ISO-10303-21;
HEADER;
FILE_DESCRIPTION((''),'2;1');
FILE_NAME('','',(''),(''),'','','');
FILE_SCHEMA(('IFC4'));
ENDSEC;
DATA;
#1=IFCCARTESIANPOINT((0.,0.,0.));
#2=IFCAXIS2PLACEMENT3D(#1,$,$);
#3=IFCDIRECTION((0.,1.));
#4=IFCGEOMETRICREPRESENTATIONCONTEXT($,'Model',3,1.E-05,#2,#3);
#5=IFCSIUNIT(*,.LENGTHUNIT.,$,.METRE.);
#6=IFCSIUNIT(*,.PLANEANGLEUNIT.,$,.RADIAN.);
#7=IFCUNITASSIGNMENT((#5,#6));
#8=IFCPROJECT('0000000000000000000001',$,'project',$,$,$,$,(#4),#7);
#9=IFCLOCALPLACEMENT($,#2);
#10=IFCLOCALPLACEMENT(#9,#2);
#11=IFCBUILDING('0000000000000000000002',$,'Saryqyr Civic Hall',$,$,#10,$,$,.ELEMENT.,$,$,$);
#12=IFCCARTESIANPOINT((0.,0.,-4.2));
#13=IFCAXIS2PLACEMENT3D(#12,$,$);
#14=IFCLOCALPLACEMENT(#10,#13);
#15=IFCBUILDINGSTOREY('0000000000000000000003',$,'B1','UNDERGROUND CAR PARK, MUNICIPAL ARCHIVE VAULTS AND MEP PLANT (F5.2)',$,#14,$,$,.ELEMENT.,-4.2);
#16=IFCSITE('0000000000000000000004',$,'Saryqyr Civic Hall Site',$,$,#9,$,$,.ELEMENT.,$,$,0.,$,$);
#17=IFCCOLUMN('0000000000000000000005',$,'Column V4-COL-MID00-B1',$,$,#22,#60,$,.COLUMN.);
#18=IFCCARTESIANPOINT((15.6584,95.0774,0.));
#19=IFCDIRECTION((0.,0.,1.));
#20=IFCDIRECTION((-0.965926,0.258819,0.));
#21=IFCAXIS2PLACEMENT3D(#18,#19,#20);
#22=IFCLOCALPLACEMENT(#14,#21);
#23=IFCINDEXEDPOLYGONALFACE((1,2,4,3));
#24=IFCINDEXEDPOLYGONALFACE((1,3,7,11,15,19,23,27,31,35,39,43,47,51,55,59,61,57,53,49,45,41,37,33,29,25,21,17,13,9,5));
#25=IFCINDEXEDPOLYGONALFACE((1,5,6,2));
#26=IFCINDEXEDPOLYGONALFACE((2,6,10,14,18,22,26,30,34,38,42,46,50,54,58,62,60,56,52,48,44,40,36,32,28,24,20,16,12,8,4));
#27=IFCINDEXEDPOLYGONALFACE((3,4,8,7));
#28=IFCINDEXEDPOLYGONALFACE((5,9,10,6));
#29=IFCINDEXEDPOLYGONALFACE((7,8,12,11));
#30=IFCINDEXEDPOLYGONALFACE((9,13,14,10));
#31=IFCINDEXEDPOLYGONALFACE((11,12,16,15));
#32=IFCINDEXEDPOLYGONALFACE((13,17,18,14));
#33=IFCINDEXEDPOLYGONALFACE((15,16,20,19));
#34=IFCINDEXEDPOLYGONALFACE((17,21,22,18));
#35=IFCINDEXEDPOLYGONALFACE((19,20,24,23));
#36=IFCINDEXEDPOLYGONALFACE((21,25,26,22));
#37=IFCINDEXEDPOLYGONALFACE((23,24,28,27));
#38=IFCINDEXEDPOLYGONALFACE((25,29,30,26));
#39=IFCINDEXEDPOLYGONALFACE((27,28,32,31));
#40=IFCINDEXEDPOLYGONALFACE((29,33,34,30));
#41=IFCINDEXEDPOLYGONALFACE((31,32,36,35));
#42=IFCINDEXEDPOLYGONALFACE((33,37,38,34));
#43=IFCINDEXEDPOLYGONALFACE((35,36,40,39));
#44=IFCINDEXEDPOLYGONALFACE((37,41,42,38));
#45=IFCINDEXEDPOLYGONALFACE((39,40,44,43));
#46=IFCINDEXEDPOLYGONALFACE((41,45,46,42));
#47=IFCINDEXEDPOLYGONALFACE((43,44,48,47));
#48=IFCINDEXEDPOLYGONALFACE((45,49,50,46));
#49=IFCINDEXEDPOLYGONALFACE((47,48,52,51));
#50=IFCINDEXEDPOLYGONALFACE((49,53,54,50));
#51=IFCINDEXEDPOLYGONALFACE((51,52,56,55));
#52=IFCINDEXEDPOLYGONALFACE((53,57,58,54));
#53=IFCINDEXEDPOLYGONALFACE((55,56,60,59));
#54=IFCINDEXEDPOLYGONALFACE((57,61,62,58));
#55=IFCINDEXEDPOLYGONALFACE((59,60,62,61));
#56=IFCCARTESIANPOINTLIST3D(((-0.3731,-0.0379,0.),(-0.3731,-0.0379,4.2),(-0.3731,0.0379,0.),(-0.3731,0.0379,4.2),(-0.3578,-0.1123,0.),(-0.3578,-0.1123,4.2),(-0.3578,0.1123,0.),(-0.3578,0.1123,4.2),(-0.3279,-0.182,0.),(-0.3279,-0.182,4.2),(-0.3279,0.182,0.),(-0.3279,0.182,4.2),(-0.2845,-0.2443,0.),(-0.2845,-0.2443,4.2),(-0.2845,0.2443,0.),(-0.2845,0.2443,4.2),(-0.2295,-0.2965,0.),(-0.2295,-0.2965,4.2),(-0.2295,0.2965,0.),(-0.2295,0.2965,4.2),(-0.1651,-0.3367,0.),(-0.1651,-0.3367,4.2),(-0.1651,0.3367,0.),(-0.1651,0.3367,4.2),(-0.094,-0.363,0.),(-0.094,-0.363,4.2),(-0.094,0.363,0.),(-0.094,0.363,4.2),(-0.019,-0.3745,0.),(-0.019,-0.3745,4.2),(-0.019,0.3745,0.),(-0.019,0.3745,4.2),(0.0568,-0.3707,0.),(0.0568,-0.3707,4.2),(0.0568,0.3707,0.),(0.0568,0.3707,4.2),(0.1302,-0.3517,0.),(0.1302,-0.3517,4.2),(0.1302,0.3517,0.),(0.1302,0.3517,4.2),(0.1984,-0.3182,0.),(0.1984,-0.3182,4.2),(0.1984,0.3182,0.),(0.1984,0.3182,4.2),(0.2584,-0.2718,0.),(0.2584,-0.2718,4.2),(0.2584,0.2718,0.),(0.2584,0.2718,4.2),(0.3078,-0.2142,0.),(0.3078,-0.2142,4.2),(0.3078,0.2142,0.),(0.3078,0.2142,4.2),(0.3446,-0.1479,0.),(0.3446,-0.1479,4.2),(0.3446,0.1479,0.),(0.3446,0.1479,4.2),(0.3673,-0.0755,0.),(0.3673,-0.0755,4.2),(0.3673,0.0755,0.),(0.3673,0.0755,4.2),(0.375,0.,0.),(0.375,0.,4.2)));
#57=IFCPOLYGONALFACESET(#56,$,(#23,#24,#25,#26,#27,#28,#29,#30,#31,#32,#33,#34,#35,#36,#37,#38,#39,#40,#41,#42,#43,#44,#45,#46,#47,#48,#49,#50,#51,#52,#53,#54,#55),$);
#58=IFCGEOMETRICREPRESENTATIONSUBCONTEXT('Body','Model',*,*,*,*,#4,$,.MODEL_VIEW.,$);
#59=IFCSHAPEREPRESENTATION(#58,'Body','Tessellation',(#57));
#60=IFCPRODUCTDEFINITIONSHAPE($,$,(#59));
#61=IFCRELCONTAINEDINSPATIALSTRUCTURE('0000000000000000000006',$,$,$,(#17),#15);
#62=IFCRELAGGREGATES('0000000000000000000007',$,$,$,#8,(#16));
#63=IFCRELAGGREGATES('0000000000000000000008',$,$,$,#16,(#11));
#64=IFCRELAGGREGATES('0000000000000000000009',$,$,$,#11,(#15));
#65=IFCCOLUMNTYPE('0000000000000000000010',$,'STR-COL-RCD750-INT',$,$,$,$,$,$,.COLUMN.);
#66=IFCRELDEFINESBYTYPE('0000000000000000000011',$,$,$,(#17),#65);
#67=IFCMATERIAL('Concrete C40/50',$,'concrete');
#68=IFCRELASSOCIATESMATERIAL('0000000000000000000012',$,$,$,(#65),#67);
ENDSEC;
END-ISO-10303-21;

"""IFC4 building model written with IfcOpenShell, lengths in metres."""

from ifc_helpers import new_model, si_unit, direction, frame, origin, origin_2d, place, context, subcontext, project, spatial, circle, extrude, material, material_profile, profile_set, type_object, element, save


model = new_model("IFC4")

# Units and contexts
model_context = context("Model", 3, precision=1e-05, world=origin(), true_north=direction((0.0, 1.0)))
body_context = subcontext(model_context, "Body", "Model", "MODEL_VIEW")
ifc_project = project(units=[si_unit("LENGTHUNIT", "METRE"), si_unit("PLANEANGLEUNIT", "RADIAN")], contexts=[model_context])

# Site, building, storey
site_placement = place(None, origin())
site = spatial("IfcSite", under=ifc_project, at=site_placement, Name="Saryqyr Civic Hall Site", CompositionType="ELEMENT", RefElevation=0.0)
building_placement = place(site_placement, origin())
building = spatial("IfcBuilding", under=site, at=building_placement, Name="Saryqyr Civic Hall", CompositionType="ELEMENT")
storey_placement = place(building_placement, frame((0.0, 0.0, -4.2)))
storey = spatial("IfcBuildingStorey", under=building, at=storey_placement, Name="B1", Description="UNDERGROUND CAR PARK, MUNICIPAL ARCHIVE VAULTS AND MEP PLANT (F5.2)", CompositionType="ELEMENT", Elevation=-4.2)

# Column
ifc_material_1 = material(Name="Concrete C40/50", Category="concrete")
ifc_material_profile_1 = material_profile(ifc_material_1, circle(Radius=0.375, at=origin_2d()), Name="RC D750")
ifc_profile_set_1 = profile_set([ifc_material_profile_1], Name="Concrete C40/50")
column_type_1 = type_object("IfcColumnType", Name="STR-COL-RCD750-INT", PredefinedType="COLUMN", material=ifc_profile_set_1)
column_1_placement = place(storey_placement, frame((15.6584, 95.0774, 0.0), z_axis=(0.0, 0.0, 1.0), x_axis=(-0.965926, 0.258819, 0.0)))
element("IfcColumn", 1, at=column_1_placement, inside=storey, type_object=column_type_1, Name="Column V4-COL-MID00-B1", PredefinedType="COLUMN", context=body_context, shape_type="SweptSolid", body=[
    extrude(circle(Radius=0.375, at=origin_2d()), origin(), (0.0, 0.0, 1.0), 4.2),
])

save(model, "model.ifc")
